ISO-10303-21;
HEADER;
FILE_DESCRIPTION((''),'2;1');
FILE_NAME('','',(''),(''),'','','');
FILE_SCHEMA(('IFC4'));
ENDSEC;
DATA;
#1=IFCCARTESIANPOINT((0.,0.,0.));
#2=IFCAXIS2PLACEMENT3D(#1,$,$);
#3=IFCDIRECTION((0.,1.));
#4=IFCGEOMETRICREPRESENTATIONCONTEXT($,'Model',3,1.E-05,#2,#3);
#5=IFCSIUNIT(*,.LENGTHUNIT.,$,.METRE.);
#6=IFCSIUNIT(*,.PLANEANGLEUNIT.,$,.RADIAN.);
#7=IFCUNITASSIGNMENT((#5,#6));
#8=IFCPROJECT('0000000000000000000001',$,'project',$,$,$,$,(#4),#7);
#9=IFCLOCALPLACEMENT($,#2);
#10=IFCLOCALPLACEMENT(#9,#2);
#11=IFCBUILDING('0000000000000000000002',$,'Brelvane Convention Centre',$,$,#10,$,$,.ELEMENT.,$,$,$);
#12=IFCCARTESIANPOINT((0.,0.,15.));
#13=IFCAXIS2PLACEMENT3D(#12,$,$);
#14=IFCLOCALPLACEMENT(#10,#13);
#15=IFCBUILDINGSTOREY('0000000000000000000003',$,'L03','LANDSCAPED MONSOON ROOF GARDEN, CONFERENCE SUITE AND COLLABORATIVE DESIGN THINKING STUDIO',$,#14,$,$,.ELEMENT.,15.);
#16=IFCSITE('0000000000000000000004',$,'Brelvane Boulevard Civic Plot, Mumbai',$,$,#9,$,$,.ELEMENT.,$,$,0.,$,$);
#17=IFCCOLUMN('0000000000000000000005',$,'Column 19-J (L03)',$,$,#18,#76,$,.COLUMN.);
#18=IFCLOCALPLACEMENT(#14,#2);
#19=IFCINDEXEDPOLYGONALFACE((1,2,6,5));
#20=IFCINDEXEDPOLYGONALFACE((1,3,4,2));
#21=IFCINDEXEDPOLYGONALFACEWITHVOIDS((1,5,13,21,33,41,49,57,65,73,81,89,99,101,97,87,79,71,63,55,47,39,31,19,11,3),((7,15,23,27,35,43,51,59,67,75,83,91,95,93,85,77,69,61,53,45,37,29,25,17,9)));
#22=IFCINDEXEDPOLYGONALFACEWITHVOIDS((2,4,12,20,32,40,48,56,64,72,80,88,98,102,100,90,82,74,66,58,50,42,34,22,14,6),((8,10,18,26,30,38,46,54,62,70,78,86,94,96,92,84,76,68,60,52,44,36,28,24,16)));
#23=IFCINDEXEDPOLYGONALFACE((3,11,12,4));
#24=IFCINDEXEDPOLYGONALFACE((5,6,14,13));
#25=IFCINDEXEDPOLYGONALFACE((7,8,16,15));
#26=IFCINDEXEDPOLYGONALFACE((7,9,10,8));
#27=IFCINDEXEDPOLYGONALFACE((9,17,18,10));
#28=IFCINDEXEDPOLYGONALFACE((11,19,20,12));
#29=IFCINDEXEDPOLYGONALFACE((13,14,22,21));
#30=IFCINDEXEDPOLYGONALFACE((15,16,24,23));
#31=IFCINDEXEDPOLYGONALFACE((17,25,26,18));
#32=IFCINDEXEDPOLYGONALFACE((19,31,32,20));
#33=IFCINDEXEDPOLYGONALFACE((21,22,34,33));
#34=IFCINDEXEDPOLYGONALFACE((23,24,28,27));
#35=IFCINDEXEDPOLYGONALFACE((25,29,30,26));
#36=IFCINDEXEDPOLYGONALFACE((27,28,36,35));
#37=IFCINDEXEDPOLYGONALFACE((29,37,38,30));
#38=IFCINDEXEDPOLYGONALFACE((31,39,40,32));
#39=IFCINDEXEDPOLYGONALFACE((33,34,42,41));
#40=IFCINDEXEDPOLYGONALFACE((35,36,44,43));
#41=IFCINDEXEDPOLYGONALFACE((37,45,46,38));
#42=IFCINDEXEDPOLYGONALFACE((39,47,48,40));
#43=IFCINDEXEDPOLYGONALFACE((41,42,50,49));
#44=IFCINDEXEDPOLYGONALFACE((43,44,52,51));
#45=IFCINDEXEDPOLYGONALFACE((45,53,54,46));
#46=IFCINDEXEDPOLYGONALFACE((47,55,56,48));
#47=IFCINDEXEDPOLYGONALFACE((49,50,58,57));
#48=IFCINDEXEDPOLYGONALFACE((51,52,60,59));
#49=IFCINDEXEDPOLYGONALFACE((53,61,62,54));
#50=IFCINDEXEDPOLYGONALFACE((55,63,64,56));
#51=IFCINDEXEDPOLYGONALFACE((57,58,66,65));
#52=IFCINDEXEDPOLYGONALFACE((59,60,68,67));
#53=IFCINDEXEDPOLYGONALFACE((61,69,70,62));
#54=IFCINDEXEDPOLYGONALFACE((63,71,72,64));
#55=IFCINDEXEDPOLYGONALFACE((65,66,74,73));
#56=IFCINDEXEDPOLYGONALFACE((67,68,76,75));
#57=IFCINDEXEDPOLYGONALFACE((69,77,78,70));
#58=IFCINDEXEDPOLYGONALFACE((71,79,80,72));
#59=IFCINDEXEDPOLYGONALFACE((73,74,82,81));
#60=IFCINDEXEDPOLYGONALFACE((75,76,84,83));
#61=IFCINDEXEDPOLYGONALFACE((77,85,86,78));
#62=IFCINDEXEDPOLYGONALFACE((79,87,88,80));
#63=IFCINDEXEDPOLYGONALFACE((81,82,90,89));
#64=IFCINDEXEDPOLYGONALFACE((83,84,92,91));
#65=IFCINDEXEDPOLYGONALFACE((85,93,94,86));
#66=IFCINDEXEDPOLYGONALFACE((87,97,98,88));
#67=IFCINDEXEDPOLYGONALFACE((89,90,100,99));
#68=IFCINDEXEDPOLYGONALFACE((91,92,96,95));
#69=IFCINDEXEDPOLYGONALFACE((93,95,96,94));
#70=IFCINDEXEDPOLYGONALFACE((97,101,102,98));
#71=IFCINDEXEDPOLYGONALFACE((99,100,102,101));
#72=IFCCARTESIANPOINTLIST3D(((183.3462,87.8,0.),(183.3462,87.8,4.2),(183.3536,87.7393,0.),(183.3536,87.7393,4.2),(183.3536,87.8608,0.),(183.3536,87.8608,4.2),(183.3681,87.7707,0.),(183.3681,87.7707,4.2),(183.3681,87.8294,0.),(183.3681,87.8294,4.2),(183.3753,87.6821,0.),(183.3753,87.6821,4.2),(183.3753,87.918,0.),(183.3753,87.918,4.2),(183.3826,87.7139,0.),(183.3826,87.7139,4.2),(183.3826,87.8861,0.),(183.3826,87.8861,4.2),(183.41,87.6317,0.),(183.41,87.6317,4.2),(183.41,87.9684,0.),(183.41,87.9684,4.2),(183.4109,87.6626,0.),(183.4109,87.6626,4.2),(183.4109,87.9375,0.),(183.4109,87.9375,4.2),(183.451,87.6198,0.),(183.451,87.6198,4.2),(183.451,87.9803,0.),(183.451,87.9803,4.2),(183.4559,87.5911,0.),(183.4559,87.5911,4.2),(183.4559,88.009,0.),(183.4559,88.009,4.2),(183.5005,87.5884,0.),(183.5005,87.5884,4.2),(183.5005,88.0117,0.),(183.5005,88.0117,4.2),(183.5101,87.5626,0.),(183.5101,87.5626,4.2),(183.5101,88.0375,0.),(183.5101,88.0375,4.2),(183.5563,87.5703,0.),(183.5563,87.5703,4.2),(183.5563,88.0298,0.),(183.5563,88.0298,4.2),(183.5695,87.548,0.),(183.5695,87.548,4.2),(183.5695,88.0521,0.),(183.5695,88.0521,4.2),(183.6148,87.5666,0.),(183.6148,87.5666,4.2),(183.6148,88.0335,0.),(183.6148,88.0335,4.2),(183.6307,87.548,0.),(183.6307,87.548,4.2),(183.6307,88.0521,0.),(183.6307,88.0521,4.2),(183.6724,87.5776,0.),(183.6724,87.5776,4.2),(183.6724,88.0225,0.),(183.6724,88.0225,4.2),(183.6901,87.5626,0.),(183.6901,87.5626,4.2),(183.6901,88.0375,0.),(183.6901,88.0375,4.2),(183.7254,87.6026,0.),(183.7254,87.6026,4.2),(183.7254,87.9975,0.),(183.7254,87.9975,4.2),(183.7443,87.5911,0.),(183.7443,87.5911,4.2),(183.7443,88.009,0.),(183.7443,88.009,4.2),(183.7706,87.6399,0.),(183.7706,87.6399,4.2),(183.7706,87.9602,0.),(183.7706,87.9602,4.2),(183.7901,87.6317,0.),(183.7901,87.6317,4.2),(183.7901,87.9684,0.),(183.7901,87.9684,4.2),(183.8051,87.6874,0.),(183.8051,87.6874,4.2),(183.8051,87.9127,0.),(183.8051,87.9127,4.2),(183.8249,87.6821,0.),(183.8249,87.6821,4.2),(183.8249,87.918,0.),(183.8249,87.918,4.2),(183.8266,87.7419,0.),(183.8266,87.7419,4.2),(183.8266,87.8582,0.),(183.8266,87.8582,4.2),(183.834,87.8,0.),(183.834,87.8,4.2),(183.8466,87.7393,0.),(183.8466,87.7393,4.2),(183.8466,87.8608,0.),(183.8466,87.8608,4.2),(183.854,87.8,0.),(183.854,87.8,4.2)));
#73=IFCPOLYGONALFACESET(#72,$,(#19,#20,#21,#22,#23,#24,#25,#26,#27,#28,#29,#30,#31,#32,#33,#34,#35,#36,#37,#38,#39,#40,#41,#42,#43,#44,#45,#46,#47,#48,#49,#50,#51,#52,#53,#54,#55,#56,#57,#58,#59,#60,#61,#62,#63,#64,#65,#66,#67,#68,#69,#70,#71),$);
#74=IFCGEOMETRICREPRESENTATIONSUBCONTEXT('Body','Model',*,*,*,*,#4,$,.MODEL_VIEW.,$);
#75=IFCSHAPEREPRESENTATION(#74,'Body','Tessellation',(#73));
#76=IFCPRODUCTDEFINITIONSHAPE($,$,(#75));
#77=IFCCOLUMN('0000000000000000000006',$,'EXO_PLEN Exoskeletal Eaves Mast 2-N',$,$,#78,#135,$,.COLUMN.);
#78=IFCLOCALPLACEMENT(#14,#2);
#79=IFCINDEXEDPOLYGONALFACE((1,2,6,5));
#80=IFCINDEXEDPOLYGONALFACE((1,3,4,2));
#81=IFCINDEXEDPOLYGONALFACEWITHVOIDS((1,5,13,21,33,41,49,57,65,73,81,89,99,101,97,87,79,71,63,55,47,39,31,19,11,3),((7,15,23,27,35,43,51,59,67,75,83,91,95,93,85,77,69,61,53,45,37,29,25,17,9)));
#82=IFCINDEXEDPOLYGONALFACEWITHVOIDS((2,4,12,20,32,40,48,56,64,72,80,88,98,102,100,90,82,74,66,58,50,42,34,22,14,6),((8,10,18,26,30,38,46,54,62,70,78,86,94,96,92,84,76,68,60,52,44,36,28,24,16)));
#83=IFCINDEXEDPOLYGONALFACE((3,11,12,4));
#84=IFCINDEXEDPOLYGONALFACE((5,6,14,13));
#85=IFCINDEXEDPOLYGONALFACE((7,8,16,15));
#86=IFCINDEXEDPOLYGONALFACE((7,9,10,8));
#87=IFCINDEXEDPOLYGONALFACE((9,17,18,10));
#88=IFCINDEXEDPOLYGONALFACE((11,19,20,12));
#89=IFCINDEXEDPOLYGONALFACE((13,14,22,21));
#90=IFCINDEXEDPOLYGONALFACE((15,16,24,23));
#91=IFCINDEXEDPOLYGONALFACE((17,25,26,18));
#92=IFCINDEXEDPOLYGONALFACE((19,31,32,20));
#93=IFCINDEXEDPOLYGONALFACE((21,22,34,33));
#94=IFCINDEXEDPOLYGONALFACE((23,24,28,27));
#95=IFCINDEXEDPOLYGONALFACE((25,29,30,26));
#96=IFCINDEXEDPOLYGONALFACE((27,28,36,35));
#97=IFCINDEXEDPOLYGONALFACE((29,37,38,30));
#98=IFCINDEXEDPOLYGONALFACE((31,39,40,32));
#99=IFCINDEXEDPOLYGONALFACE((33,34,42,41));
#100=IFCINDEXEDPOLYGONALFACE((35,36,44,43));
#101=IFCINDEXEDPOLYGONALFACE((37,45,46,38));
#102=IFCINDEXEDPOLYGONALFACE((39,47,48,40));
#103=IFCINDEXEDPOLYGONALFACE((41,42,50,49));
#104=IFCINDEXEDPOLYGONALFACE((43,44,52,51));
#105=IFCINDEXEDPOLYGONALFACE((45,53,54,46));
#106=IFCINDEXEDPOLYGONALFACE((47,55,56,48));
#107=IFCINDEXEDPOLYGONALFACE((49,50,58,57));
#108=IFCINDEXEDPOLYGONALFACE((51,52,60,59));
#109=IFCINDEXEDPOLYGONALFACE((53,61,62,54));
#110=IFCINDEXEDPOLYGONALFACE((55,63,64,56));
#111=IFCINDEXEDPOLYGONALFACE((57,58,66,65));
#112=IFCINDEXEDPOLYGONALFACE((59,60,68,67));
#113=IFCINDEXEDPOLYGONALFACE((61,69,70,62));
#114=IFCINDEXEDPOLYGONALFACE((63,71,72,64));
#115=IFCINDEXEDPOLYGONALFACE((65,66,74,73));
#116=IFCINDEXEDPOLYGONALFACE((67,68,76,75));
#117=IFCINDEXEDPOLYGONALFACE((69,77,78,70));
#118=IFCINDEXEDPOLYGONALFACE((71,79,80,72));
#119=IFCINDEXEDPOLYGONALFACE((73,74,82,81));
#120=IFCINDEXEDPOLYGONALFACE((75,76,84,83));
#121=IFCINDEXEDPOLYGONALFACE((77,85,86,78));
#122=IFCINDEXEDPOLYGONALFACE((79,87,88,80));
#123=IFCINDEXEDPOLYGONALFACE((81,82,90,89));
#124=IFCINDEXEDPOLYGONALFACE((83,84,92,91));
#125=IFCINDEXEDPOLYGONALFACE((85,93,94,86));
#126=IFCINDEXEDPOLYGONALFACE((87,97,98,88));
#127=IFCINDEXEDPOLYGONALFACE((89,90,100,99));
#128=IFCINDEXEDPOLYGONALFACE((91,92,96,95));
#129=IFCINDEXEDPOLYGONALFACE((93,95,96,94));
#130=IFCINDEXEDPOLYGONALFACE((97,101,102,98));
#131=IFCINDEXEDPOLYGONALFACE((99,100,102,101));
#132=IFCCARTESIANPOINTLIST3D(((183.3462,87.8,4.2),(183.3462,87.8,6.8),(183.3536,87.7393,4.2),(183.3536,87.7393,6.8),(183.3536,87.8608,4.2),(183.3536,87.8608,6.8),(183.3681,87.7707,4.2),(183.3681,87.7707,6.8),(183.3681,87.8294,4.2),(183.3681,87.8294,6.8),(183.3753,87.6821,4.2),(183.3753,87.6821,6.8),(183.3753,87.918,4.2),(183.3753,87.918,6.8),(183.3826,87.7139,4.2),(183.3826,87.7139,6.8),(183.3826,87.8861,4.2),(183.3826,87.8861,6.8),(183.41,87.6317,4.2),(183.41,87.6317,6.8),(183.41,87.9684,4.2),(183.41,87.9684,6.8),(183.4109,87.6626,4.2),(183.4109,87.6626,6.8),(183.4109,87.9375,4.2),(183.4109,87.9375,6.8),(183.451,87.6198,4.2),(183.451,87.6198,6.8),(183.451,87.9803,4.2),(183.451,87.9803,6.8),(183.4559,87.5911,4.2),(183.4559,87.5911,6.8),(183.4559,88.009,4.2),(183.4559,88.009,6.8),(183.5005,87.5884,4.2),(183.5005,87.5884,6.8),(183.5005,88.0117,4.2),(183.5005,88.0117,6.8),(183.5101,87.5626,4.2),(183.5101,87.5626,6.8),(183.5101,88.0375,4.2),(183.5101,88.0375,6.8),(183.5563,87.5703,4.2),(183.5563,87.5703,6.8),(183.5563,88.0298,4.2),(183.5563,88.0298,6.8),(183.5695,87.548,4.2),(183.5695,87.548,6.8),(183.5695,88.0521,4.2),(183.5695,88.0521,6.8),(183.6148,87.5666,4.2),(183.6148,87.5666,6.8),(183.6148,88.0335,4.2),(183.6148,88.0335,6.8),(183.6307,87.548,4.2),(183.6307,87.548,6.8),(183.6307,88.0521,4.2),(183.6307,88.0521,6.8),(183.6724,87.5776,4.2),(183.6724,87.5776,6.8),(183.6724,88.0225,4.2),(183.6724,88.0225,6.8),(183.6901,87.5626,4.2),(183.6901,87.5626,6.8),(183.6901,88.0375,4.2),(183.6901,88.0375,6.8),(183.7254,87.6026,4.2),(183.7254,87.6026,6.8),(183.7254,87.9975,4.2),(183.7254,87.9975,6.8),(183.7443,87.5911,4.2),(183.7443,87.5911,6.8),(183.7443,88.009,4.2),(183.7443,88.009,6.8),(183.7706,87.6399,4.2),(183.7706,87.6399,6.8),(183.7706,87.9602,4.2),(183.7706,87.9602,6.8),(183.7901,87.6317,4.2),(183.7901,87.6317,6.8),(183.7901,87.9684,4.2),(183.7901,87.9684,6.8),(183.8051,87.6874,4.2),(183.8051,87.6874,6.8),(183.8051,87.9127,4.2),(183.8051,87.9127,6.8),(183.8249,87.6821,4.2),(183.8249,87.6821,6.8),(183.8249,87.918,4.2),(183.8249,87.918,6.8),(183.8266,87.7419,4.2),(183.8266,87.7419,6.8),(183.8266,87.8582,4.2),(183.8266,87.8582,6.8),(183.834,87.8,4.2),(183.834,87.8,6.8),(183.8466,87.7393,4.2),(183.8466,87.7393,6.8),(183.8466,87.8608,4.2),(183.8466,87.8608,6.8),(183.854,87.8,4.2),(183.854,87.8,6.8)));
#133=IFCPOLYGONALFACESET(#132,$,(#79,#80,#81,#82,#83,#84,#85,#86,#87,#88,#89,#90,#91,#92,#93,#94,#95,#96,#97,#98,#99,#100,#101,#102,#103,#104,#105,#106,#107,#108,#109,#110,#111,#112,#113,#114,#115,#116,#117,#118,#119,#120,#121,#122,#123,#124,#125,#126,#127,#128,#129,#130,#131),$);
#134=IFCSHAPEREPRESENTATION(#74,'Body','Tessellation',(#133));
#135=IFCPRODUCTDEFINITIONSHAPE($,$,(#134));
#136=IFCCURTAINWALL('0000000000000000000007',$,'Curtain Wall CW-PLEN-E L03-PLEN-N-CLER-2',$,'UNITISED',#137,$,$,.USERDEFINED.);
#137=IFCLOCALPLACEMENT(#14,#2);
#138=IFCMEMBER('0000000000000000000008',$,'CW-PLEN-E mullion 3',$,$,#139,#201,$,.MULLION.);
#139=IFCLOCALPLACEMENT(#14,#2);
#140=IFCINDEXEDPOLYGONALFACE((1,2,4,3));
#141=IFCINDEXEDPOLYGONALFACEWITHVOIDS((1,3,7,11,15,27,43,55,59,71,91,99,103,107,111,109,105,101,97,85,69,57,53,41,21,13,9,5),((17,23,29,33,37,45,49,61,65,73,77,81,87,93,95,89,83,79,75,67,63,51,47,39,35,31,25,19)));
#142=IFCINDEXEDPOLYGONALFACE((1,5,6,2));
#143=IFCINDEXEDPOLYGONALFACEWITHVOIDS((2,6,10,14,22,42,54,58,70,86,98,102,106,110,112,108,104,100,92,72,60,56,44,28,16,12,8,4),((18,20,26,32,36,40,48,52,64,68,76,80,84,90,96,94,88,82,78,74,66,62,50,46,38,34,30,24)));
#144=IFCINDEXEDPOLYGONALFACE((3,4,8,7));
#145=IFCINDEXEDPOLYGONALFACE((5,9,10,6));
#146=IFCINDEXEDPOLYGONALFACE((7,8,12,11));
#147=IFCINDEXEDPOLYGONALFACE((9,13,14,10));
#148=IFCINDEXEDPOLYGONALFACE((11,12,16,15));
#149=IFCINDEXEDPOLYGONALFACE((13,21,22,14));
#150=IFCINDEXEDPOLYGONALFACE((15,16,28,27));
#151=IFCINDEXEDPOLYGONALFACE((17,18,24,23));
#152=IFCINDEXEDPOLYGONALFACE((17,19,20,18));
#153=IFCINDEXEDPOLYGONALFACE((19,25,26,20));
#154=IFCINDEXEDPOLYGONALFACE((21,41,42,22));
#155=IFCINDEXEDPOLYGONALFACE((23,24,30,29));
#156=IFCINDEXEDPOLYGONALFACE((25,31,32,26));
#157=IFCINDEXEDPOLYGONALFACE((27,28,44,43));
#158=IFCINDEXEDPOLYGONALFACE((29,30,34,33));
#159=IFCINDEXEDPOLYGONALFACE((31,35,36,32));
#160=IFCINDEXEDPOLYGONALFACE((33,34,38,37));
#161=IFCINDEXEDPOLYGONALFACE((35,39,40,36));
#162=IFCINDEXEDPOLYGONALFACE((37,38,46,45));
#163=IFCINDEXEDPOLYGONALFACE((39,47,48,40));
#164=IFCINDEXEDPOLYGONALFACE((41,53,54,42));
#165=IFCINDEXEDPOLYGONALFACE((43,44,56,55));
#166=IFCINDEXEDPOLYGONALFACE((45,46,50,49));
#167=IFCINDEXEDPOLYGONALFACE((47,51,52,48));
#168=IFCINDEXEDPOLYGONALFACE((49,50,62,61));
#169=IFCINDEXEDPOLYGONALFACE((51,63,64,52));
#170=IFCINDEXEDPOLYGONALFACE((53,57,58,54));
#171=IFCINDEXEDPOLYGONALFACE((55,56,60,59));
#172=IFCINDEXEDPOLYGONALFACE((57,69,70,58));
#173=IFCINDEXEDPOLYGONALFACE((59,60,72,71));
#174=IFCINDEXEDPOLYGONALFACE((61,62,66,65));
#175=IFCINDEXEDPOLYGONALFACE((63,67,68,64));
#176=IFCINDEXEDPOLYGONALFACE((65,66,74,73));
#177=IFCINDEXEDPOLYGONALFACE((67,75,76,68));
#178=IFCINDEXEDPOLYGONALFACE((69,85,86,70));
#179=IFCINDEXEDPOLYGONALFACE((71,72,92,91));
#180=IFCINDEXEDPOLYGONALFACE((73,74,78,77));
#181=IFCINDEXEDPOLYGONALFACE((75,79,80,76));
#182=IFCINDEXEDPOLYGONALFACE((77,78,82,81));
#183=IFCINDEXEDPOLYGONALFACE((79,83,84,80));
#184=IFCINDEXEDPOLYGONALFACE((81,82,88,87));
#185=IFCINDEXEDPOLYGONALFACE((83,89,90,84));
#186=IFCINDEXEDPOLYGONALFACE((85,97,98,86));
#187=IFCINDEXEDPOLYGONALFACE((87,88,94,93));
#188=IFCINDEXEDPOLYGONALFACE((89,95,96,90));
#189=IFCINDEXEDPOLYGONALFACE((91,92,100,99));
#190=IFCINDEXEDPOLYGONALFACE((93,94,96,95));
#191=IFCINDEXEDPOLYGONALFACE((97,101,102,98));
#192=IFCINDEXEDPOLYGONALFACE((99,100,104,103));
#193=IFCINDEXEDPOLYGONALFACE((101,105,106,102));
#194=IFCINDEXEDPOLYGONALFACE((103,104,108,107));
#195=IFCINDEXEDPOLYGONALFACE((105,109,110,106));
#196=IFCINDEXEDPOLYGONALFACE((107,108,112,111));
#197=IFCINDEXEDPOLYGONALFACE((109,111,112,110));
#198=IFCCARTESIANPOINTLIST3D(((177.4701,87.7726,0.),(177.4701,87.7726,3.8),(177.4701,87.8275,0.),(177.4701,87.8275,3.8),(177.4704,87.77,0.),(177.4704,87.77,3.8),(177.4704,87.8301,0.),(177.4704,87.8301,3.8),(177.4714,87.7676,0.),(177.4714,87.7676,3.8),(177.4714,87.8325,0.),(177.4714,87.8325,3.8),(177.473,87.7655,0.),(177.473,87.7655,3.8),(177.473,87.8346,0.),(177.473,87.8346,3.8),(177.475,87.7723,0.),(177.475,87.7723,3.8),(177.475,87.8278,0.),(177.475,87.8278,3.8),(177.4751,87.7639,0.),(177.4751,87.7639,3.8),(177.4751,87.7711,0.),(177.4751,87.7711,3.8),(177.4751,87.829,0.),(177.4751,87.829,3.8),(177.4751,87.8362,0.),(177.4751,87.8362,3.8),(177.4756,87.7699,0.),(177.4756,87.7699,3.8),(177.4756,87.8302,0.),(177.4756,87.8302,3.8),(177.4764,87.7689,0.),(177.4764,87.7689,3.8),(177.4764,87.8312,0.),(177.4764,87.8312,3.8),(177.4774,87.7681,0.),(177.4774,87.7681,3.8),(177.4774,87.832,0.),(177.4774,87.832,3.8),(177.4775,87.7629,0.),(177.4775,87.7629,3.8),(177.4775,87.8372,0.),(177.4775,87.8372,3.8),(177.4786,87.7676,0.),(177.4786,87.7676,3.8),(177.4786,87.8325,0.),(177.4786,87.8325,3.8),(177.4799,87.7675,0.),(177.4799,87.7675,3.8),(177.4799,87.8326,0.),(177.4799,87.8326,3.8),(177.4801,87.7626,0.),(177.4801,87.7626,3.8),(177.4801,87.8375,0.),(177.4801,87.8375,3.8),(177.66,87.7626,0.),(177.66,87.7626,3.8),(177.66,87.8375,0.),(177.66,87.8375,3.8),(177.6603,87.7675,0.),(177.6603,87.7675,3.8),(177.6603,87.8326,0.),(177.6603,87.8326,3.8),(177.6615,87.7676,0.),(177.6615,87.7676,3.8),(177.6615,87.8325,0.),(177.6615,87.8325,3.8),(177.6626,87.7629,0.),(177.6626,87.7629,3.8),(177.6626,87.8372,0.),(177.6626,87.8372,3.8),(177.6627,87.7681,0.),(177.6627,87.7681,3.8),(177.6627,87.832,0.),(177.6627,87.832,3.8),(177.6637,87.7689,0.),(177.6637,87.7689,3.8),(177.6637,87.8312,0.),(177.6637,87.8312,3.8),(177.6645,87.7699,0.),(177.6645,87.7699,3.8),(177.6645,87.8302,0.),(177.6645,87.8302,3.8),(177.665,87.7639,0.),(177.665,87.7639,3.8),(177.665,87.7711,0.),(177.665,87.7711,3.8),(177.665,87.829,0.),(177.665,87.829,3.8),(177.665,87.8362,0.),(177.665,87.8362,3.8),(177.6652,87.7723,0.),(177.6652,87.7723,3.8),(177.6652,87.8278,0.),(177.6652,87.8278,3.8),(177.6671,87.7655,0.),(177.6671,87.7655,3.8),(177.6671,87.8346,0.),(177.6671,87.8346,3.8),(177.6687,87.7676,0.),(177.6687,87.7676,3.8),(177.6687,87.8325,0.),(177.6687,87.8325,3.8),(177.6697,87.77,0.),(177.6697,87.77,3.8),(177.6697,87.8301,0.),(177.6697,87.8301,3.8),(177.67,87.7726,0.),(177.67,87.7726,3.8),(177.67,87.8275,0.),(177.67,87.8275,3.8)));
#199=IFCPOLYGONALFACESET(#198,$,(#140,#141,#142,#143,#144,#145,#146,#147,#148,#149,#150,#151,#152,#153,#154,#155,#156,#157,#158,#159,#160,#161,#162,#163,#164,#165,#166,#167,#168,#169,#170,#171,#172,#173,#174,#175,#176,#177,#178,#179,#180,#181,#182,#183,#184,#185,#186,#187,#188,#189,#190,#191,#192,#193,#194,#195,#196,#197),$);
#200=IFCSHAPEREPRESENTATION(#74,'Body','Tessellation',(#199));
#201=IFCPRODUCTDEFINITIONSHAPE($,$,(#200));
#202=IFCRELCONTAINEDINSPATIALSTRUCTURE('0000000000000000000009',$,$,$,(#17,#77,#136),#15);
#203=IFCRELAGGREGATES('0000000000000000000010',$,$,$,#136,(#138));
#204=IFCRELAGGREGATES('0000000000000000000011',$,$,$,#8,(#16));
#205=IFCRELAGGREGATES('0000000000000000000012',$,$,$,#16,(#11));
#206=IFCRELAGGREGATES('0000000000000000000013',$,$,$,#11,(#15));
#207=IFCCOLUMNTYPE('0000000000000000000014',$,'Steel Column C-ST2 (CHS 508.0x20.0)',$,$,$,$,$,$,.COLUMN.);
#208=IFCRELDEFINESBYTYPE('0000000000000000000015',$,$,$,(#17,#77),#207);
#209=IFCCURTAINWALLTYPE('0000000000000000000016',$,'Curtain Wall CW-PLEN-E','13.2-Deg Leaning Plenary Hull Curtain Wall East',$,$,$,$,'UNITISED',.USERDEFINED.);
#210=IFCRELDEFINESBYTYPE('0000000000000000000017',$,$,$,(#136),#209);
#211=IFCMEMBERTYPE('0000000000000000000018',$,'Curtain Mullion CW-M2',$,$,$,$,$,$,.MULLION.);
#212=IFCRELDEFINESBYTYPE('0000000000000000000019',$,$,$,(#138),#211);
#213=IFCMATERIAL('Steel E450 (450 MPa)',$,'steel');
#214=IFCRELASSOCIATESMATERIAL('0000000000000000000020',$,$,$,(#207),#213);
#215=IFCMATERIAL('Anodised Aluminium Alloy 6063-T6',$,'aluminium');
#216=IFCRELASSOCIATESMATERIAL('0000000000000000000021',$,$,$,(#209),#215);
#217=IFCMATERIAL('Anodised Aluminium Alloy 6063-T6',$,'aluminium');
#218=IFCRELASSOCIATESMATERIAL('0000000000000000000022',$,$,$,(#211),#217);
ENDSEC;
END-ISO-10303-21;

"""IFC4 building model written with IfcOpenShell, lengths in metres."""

from ifc_helpers import new_model, si_unit, direction, frame, origin, origin_2d, place, context, subcontext, project, spatial, hollow_rectangle, hollow_circle, extrude, material, material_profile, profile_set, type_object, element, aggregate, save


model = new_model("IFC4")

# Units and contexts
model_context = context("Model", 3, precision=1e-05, world=origin(), true_north=direction((0.0, 1.0)))
body_context = subcontext(model_context, "Body", "Model", "MODEL_VIEW")
ifc_project = project(units=[si_unit("LENGTHUNIT", "METRE"), si_unit("PLANEANGLEUNIT", "RADIAN")], contexts=[model_context])

# Site, building, storey
site_placement = place(None, origin())
site = spatial("IfcSite", under=ifc_project, at=site_placement, Name="Brelvane Boulevard Civic Plot, Mumbai", CompositionType="ELEMENT", RefElevation=0.0)
building_placement = place(site_placement, origin())
building = spatial("IfcBuilding", under=site, at=building_placement, Name="Brelvane Convention Centre", CompositionType="ELEMENT")
storey_placement = place(building_placement, frame((0.0, 0.0, 15.0)))
storey = spatial("IfcBuildingStorey", under=building, at=storey_placement, Name="L03", Description="LANDSCAPED MONSOON ROOF GARDEN, CONFERENCE SUITE AND COLLABORATIVE DESIGN THINKING STUDIO", CompositionType="ELEMENT", Elevation=15.0)

# Columns
ifc_material_1 = material(Name="Steel E450 (450 MPa)", Category="steel")
ifc_material_profile_1 = material_profile(ifc_material_1, hollow_circle(Radius=0.2539, WallThickness=0.02, at=origin_2d()), Name="CHS 508.0x20.0")
ifc_profile_set_1 = profile_set([ifc_material_profile_1], Name="Steel E450 (450 MPa)")
column_type = type_object("IfcColumnType", Name="Steel Column C-ST2 (CHS 508.0x20.0)", PredefinedType="COLUMN", material=ifc_profile_set_1)
column_1_placement = place(storey_placement, frame((183.6001, 87.8, 0.0), z_axis=(0.0, 0.0, 1.0), x_axis=(1.0, 0.0, 0.0)))
element("IfcColumn", 1, at=column_1_placement, inside=storey, type_object=column_type, Name="Column 19-J (L03)", PredefinedType="COLUMN", context=body_context, shape_type="SweptSolid", body=[
    extrude(hollow_circle(Radius=0.2539, WallThickness=0.02, at=origin_2d()), origin(), (0.0, 0.0, 1.0), 4.2),
])
column_2_placement = place(storey_placement, frame((183.6001, 87.8, 4.2), z_axis=(0.0, 0.0, 1.0), x_axis=(1.0, 0.0, 0.0)))
element("IfcColumn", 2, at=column_2_placement, inside=storey, type_object=column_type, Name="EXO_PLEN Exoskeletal Eaves Mast 2-N", PredefinedType="COLUMN", context=body_context, shape_type="SweptSolid", body=[
    extrude(hollow_circle(Radius=0.2539, WallThickness=0.02, at=origin_2d()), origin(), (0.0, 0.0, 1.0), 2.6001),
])

# Curtain wall, member
ifc_material_2 = material(Name="Anodised Aluminium Alloy 6063-T6", Category="aluminium")
curtain_wall_type = type_object("IfcCurtainWallType", Name="Curtain Wall CW-PLEN-E", Description="13.2-Deg Leaning Plenary Hull Curtain Wall East", ElementType="UNITISED", PredefinedType="USERDEFINED", material=ifc_material_2)
curtain_wall_placement = place(storey_placement, origin())
curtain_wall = element("IfcCurtainWall", 3, at=curtain_wall_placement, inside=storey, type_object=curtain_wall_type, Name="Curtain Wall CW-PLEN-E L03-PLEN-N-CLER-2", ObjectType="UNITISED", PredefinedType="USERDEFINED")
ifc_material_3 = material(Name="Anodised Aluminium Alloy 6063-T6", Category="aluminium")
ifc_material_profile_2 = material_profile(ifc_material_3, hollow_rectangle(XDim=0.075, YDim=0.2, WallThickness=0.0049, InnerFilletRadius=0.0049, OuterFilletRadius=0.01, at=origin_2d()), Name="ALU-M 200x75x5.0")
ifc_profile_set_2 = profile_set([ifc_material_profile_2], Name="Anodised Aluminium Alloy 6063-T6")
member_type_1 = type_object("IfcMemberType", Name="Curtain Mullion CW-M2", PredefinedType="MULLION", material=ifc_profile_set_2)
member_1_placement = place(storey_placement, frame((177.5701, 87.8, 0.0), z_axis=(0.0, 0.0, 1.0), x_axis=(0.0, 1.0, 0.0)))
member_1 = element("IfcMember", 4, at=member_1_placement, type_object=member_type_1, Name="CW-PLEN-E mullion 3", PredefinedType="MULLION", context=body_context, shape_type="SweptSolid", body=[
    extrude(hollow_rectangle(XDim=0.075, YDim=0.2, WallThickness=0.0049, InnerFilletRadius=0.0049, OuterFilletRadius=0.01, at=origin_2d()), origin(), (0.0, 0.0, 1.0), 3.8),
])

aggregate(curtain_wall, [member_1])

save(model, "model.ifc")
